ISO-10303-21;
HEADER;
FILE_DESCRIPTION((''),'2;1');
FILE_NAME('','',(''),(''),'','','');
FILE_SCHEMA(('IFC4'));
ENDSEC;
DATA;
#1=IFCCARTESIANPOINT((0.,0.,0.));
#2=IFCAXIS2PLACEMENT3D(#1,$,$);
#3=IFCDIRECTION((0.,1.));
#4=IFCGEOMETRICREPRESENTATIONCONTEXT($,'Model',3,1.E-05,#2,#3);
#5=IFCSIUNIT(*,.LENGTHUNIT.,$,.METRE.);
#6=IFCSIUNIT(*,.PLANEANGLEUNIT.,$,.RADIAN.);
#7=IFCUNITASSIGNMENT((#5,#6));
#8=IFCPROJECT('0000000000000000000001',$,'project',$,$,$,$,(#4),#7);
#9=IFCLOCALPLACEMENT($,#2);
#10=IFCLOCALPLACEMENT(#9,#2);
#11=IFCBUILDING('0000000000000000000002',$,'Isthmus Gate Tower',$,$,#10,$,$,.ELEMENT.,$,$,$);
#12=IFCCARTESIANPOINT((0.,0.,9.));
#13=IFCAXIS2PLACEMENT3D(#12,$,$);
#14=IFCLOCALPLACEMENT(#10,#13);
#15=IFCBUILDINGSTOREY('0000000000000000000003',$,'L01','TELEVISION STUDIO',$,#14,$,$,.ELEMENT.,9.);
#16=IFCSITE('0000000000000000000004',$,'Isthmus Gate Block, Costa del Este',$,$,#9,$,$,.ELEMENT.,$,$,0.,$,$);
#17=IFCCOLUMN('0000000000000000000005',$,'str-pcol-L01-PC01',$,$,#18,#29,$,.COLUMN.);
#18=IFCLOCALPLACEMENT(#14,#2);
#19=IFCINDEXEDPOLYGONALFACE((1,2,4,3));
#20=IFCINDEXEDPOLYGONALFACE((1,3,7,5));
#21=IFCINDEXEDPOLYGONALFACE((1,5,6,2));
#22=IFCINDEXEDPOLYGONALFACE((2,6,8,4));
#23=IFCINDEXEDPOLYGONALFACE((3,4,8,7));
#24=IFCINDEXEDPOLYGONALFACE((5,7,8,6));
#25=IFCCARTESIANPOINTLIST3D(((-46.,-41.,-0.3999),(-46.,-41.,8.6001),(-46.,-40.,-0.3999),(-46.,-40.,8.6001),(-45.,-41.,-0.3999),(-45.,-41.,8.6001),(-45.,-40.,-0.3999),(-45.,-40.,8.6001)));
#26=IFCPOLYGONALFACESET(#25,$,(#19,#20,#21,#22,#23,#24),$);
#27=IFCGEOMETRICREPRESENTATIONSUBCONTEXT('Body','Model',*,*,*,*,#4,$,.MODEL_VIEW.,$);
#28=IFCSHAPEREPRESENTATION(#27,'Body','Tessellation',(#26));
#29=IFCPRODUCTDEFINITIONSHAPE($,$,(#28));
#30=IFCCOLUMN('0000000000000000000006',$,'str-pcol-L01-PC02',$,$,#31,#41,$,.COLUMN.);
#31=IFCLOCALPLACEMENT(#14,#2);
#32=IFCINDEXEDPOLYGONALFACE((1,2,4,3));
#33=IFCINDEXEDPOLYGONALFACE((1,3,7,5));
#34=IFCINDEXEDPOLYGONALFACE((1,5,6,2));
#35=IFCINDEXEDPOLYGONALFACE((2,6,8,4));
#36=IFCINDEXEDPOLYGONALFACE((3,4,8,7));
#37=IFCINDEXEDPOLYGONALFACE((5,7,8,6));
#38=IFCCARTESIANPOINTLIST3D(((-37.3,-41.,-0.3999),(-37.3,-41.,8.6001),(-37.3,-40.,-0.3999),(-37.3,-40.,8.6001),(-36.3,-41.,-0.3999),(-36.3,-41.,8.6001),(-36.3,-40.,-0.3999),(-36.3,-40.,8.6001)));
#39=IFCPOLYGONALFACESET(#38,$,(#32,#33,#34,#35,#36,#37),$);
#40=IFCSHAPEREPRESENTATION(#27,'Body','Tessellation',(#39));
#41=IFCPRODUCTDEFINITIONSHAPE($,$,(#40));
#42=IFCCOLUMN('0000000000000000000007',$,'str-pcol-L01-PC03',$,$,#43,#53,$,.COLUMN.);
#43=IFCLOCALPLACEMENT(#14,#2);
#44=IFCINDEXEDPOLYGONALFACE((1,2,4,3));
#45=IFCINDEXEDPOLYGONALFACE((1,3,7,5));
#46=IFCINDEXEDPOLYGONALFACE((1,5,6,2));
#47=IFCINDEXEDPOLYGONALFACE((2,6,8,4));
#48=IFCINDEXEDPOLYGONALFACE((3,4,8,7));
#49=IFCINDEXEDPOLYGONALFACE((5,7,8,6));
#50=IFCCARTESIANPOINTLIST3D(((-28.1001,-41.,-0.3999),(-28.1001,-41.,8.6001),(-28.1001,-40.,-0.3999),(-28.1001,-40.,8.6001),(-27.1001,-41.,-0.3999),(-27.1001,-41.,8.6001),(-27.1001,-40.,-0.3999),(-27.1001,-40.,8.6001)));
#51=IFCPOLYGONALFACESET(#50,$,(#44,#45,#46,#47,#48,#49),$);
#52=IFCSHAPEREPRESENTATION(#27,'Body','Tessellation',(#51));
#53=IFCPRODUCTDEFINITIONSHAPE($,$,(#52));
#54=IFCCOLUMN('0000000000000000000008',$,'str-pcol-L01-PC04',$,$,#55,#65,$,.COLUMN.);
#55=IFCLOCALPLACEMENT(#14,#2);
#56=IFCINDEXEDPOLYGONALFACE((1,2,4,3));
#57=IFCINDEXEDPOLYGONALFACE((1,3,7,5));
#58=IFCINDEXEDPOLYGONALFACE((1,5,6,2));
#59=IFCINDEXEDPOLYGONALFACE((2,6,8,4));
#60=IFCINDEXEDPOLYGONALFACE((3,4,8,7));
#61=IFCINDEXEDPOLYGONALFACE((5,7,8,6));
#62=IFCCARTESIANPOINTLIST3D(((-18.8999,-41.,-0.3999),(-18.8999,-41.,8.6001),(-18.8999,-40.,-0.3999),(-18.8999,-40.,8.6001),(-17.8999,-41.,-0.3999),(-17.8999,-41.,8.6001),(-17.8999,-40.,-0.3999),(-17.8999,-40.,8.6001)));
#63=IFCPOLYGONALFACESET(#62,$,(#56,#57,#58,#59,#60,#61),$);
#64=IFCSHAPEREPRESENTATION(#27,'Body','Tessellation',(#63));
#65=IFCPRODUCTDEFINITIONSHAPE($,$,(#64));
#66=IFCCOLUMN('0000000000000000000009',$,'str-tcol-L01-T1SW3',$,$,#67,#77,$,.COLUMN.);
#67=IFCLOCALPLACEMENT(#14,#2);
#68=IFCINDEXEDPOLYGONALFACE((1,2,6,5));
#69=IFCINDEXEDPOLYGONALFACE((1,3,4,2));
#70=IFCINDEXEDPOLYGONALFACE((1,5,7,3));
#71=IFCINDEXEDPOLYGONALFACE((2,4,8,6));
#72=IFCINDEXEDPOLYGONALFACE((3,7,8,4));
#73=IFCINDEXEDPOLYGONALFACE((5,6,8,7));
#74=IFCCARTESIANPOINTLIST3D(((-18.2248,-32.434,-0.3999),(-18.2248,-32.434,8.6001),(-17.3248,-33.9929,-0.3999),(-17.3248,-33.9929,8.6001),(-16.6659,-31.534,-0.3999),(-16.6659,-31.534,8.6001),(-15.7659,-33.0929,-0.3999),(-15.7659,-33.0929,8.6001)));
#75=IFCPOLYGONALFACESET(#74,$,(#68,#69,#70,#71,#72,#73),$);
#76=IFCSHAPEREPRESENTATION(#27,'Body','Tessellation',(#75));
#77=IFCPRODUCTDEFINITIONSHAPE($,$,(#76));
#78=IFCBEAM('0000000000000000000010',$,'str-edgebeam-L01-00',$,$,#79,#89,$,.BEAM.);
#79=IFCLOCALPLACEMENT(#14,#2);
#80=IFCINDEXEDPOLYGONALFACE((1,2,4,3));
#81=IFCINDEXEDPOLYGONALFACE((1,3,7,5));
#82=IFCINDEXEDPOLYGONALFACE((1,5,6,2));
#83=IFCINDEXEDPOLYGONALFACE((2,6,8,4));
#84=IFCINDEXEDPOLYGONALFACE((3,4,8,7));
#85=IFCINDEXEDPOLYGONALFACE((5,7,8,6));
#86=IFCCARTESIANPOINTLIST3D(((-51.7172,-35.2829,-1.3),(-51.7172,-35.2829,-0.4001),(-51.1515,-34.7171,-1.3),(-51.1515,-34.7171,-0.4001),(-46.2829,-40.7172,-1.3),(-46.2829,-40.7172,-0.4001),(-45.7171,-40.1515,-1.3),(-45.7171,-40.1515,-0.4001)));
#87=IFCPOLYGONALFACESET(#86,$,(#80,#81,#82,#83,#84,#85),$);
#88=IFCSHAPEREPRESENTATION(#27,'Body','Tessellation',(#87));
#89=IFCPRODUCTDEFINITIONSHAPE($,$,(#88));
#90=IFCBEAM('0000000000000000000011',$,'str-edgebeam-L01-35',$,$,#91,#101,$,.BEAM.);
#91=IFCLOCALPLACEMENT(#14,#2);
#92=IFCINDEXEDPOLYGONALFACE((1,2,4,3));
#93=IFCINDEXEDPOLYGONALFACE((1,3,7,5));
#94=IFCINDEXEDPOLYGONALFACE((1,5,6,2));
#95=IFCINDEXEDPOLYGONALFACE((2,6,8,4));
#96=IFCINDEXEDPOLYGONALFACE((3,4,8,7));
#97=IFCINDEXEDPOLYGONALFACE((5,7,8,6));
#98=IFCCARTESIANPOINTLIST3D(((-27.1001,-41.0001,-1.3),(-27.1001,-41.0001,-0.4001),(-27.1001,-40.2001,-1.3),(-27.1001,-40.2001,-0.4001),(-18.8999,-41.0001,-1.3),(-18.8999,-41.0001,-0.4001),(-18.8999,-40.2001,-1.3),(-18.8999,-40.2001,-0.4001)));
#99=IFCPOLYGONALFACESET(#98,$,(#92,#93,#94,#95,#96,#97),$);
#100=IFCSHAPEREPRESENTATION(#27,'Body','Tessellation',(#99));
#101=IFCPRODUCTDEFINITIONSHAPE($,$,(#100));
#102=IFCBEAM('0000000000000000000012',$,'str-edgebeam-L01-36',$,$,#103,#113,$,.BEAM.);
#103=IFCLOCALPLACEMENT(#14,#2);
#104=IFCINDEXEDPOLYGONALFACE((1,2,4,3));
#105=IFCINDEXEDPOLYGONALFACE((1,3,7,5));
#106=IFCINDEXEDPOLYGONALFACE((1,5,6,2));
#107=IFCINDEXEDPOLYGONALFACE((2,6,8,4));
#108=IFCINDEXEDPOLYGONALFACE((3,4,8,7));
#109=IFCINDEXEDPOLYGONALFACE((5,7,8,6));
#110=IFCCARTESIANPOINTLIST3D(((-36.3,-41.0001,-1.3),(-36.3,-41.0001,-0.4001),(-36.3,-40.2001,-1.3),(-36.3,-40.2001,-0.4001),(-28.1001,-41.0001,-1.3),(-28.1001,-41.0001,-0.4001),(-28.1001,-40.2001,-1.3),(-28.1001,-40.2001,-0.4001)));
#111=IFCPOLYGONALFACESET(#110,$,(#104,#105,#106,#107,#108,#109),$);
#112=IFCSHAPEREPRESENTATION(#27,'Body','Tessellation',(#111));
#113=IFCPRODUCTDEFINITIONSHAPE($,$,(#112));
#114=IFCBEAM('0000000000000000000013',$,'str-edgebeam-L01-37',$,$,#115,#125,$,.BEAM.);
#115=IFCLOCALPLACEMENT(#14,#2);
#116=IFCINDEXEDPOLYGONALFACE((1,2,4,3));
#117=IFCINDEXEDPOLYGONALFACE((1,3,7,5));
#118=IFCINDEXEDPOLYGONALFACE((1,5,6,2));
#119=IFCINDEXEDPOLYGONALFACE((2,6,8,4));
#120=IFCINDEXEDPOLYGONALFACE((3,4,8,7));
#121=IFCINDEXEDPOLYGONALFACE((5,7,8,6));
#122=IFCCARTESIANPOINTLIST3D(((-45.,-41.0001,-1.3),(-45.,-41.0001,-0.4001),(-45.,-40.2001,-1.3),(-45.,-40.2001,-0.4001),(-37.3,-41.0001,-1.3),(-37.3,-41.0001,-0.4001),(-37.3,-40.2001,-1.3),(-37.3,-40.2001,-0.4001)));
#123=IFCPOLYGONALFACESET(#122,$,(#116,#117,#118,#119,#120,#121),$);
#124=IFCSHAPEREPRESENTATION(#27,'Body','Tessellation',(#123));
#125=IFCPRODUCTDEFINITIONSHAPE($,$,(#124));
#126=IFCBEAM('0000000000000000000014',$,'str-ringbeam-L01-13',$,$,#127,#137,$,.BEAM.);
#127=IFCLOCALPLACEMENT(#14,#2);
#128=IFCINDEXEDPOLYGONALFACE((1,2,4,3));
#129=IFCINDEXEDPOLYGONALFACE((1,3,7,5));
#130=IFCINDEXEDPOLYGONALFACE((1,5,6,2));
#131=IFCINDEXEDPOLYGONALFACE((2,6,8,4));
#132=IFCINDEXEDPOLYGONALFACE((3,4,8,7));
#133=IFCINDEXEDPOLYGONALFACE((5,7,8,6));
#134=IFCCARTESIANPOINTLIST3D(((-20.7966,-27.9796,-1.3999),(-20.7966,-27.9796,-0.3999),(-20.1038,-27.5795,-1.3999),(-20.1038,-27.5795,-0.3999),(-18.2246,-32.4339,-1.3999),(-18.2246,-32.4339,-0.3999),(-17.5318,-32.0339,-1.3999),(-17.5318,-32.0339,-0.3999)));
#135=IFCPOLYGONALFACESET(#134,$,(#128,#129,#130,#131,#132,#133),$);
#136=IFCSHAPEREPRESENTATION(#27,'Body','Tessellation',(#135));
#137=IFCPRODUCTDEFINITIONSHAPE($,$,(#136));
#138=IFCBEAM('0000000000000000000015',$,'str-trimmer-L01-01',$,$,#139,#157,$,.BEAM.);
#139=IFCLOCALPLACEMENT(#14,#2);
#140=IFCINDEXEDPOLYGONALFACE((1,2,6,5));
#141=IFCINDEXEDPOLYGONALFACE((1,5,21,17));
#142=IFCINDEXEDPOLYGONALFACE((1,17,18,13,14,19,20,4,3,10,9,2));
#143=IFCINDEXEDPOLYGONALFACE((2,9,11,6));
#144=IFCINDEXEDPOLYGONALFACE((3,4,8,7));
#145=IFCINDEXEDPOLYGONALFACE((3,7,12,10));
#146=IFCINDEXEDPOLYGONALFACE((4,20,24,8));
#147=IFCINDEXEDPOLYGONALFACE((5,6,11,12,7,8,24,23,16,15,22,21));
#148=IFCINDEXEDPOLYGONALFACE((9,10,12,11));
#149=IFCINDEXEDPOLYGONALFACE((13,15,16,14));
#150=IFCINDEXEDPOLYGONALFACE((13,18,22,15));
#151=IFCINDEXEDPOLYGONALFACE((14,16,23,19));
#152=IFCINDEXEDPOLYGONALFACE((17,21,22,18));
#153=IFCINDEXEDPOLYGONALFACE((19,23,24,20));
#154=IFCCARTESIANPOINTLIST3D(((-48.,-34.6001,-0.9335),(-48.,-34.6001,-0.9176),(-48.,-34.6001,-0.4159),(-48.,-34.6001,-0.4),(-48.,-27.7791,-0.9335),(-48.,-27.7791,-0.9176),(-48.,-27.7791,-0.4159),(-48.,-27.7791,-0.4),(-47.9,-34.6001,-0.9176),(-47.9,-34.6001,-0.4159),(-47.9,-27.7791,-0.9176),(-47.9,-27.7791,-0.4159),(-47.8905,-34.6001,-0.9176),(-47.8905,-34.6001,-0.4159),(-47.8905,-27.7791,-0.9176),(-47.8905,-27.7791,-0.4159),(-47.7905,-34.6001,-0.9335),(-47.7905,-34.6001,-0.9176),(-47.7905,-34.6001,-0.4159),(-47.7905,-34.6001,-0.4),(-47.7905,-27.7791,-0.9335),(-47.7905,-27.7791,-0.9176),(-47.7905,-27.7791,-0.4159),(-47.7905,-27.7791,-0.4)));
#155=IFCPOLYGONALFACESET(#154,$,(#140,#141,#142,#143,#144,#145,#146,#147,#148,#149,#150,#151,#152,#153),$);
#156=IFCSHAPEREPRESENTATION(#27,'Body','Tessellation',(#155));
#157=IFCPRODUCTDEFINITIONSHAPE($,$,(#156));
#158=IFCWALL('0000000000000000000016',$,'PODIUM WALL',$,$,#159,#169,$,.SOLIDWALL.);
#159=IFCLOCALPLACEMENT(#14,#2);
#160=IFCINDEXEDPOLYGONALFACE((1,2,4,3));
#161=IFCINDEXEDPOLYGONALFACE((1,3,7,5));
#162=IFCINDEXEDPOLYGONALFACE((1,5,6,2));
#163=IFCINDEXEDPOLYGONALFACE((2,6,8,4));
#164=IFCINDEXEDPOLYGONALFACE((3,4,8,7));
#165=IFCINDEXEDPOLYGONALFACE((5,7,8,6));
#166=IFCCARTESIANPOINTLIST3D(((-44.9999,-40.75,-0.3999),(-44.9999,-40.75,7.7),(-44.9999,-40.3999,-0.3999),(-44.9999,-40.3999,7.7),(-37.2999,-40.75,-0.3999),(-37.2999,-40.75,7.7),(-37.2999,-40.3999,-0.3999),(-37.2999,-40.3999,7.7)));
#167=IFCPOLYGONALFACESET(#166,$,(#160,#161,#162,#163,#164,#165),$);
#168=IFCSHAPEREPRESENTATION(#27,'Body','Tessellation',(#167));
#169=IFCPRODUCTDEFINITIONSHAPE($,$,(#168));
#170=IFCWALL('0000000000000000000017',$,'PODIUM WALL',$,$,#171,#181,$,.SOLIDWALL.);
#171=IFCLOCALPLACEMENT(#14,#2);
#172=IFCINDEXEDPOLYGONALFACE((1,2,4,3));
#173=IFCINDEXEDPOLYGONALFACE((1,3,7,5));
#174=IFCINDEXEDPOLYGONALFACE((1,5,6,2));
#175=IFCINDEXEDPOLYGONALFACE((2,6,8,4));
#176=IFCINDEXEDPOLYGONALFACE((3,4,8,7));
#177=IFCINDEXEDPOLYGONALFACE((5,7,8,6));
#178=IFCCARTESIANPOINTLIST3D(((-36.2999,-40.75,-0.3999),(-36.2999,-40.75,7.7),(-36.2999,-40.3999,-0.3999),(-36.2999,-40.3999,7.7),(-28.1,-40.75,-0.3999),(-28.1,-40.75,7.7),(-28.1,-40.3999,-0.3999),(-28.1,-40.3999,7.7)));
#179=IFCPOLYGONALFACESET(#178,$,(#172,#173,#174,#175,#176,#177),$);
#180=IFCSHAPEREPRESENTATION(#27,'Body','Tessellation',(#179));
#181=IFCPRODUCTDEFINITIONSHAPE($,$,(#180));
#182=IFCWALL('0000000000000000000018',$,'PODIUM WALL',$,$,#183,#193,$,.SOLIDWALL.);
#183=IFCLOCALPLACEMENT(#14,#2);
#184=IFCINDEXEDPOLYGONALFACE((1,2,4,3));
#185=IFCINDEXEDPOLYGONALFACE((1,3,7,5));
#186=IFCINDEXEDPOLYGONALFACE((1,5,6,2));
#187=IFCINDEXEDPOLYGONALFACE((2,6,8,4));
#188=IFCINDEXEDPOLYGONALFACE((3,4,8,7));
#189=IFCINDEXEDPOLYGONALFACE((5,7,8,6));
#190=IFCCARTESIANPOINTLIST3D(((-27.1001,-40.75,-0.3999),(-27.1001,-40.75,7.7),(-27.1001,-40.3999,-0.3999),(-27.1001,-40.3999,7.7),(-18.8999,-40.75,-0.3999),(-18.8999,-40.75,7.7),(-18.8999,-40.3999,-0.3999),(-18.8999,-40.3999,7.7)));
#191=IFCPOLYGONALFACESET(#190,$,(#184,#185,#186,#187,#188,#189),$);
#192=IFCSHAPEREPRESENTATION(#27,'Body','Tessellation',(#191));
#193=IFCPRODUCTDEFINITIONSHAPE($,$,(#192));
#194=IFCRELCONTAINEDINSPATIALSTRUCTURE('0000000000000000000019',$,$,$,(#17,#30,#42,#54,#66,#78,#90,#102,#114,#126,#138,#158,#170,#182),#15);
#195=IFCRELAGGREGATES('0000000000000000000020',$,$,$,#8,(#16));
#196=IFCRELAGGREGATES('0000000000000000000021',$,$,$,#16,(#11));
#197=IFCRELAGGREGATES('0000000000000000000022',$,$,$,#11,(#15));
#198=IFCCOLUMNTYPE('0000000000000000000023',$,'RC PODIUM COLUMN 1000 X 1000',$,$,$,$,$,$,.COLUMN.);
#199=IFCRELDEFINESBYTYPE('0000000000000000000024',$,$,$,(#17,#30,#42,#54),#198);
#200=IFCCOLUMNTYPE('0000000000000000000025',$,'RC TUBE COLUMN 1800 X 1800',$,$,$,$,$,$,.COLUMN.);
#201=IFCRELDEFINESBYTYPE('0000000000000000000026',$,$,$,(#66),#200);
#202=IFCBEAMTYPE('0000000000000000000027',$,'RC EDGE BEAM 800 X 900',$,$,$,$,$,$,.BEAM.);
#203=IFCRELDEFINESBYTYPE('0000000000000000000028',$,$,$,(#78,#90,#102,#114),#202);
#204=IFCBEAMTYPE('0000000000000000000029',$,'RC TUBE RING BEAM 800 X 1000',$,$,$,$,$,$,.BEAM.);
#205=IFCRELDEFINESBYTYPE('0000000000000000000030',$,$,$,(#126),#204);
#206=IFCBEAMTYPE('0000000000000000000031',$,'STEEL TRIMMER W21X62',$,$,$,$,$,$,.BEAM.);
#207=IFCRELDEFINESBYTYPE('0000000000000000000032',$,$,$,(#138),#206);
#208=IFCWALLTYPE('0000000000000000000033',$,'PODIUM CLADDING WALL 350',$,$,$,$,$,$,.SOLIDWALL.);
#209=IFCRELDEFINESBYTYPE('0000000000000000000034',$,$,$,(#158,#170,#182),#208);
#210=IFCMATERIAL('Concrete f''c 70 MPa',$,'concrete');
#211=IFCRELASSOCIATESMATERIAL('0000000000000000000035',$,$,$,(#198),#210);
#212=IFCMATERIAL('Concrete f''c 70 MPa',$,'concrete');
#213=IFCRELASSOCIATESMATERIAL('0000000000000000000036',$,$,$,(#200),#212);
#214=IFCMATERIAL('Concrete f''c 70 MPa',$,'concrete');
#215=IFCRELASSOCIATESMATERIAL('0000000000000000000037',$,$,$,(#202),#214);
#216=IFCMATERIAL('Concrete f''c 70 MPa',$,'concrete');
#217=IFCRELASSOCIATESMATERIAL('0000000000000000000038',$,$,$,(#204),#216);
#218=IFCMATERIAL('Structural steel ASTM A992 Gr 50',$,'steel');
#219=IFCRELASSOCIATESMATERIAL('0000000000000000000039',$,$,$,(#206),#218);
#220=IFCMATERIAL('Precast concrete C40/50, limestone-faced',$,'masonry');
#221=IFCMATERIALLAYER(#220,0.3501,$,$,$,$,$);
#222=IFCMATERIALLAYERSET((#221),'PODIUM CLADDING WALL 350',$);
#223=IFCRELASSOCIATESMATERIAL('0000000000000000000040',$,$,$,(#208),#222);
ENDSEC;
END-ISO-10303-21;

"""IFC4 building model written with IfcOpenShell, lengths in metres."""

from ifc_helpers import new_model, si_unit, direction, frame, frame_2d, origin, origin_2d, place, context, subcontext, project, spatial, rectangle, i_section, extrude, material, layer, layer_set, material_profile, profile_set, type_object, element, save


model = new_model("IFC4")

# Units and contexts
model_context = context("Model", 3, precision=1e-05, world=origin(), true_north=direction((0.0, 1.0)))
body_context = subcontext(model_context, "Body", "Model", "MODEL_VIEW")
ifc_project = project(units=[si_unit("LENGTHUNIT", "METRE"), si_unit("PLANEANGLEUNIT", "RADIAN")], contexts=[model_context])

# Site, building, storey
site_placement = place(None, origin())
site = spatial("IfcSite", under=ifc_project, at=site_placement, Name="Isthmus Gate Block, Costa del Este", CompositionType="ELEMENT", RefElevation=0.0)
building_placement = place(site_placement, origin())
building = spatial("IfcBuilding", under=site, at=building_placement, Name="Isthmus Gate Tower", CompositionType="ELEMENT")
storey_placement = place(building_placement, frame((0.0, 0.0, 9.0)))
storey = spatial("IfcBuildingStorey", under=building, at=storey_placement, Name="L01", Description="TELEVISION STUDIO", CompositionType="ELEMENT", Elevation=9.0)

# Columns
ifc_material_1 = material(Name="Concrete f'c 70 MPa", Category="concrete")
ifc_material_profile_1 = material_profile(ifc_material_1, rectangle(XDim=1.0, YDim=1.0, at=origin_2d()), Name="RC 1000X1000")
ifc_profile_set_1 = profile_set([ifc_material_profile_1], Name="Concrete f'c 70 MPa")
column_type_1 = type_object("IfcColumnType", Name="RC PODIUM COLUMN 1000 X 1000", PredefinedType="COLUMN", material=ifc_profile_set_1)
for number, where, z_axis, x_axis, name in (
    (1, (-45.5, -40.5, -0.3999), (0.0, 0.0, 1.0), (1.0, 0.0, 0.0), "str-pcol-L01-PC01"),
    (2, (-36.8, -40.5, -0.3999), (0.0, 0.0, 1.0), (1.0, 0.0, 0.0), "str-pcol-L01-PC02"),
    (3, (-27.6001, -40.5, -0.3999), (0.0, 0.0, 1.0), (1.0, 0.0, 0.0), "str-pcol-L01-PC03"),
    (4, (-18.3999, -40.5, -0.3999), (0.0, 0.0, 1.0), (1.0, 0.0, 0.0), "str-pcol-L01-PC04"),
):
    element("IfcColumn", number, at=place(storey_placement, frame(where, z_axis=z_axis, x_axis=x_axis)), inside=storey, type_object=column_type_1, Name=name, PredefinedType="COLUMN", context=body_context, shape_type="SweptSolid", body=[
        extrude(rectangle(XDim=1.0, YDim=1.0, at=origin_2d()), origin(), (0.0, 0.0, 1.0), 9.0),
    ])
ifc_material_2 = material(Name="Concrete f'c 70 MPa", Category="concrete")
ifc_material_profile_2 = material_profile(ifc_material_2, rectangle(XDim=1.8, YDim=1.8, at=origin_2d()), Name="RC 1800X1800")
ifc_profile_set_2 = profile_set([ifc_material_profile_2], Name="Concrete f'c 70 MPa")
column_type_2 = type_object("IfcColumnType", Name="RC TUBE COLUMN 1800 X 1800", PredefinedType="COLUMN", material=ifc_profile_set_2)
column_placement = place(storey_placement, frame((-16.9954, -32.7634, -0.3999), z_axis=(0.0, 0.0, 1.0), x_axis=(0.5, -0.866025, 0.0)))
element("IfcColumn", 5, at=column_placement, inside=storey, type_object=column_type_2, Name="str-tcol-L01-T1SW3", PredefinedType="COLUMN", context=body_context, shape_type="SweptSolid", body=[
    extrude(rectangle(XDim=1.8, YDim=1.8, at=origin_2d()), origin(), (0.0, 0.0, 1.0), 9.0),
])

# Beams
ifc_material_3 = material(Name="Concrete f'c 70 MPa", Category="concrete")
ifc_material_profile_3 = material_profile(ifc_material_3, rectangle(XDim=0.8, YDim=0.8999, at=origin_2d()), Name="RC 800X900")
ifc_profile_set_3 = profile_set([ifc_material_profile_3], Name="Concrete f'c 70 MPa")
beam_type_1 = type_object("IfcBeamType", Name="RC EDGE BEAM 800 X 900", PredefinedType="BEAM", material=ifc_profile_set_3)
beam_1_placement = place(storey_placement, frame((-46.0, -40.4343, -0.8501), z_axis=(-0.707107, 0.707107, 0.0), x_axis=(-0.707107, -0.707107, 0.0)))
element("IfcBeam", 6, at=beam_1_placement, inside=storey, type_object=beam_type_1, Name="str-edgebeam-L01-00", PredefinedType="BEAM", context=body_context, shape_type="SweptSolid", body=[
    extrude(rectangle(XDim=0.8, YDim=0.8999, at=origin_2d()), origin(), (0.0, 0.0, 1.0), 7.6853),
])
beam_2_placement = place(storey_placement, frame((-18.8999, -40.6001, -0.8501), z_axis=(-1.0, 0.0, 0.0), x_axis=(0.0, -1.0, 0.0)))
element("IfcBeam", 7, at=beam_2_placement, inside=storey, type_object=beam_type_1, Name="str-edgebeam-L01-35", PredefinedType="BEAM", context=body_context, shape_type="SweptSolid", body=[
    extrude(rectangle(XDim=0.8, YDim=0.8999, at=origin_2d()), origin(), (0.0, 0.0, 1.0), 8.2002),
])
beam_3_placement = place(storey_placement, frame((-28.1001, -40.6001, -0.8501), z_axis=(-1.0, 0.0, 0.0), x_axis=(0.0, -1.0, 0.0)))
element("IfcBeam", 8, at=beam_3_placement, inside=storey, type_object=beam_type_1, Name="str-edgebeam-L01-36", PredefinedType="BEAM", context=body_context, shape_type="SweptSolid", body=[
    extrude(rectangle(XDim=0.8, YDim=0.8999, at=origin_2d()), origin(), (0.0, 0.0, 1.0), 8.2),
])
beam_4_placement = place(storey_placement, frame((-37.3, -40.6001, -0.8501), z_axis=(-1.0, 0.0, 0.0), x_axis=(0.0, -1.0, 0.0)))
element("IfcBeam", 9, at=beam_4_placement, inside=storey, type_object=beam_type_1, Name="str-edgebeam-L01-37", PredefinedType="BEAM", context=body_context, shape_type="SweptSolid", body=[
    extrude(rectangle(XDim=0.8, YDim=0.8999, at=origin_2d()), origin(), (0.0, 0.0, 1.0), 7.7),
])
ifc_material_4 = material(Name="Concrete f'c 70 MPa", Category="concrete")
ifc_material_profile_4 = material_profile(ifc_material_4, rectangle(XDim=0.8, YDim=1.0, at=origin_2d()), Name="RC 800X1000")
ifc_profile_set_4 = profile_set([ifc_material_profile_4], Name="Concrete f'c 70 MPa")
beam_type_2 = type_object("IfcBeamType", Name="RC TUBE RING BEAM 800 X 1000", PredefinedType="BEAM", material=ifc_profile_set_4)
beam_5_placement = place(storey_placement, frame((-17.8782, -32.2339, -0.8999), z_axis=(-0.500044, 0.866, 0.0), x_axis=(-0.866, -0.500044, 0.0)))
element("IfcBeam", 10, at=beam_5_placement, inside=storey, type_object=beam_type_2, Name="str-ringbeam-L01-13", PredefinedType="BEAM", context=body_context, shape_type="SweptSolid", body=[
    extrude(rectangle(XDim=0.8, YDim=1.0, at=origin_2d()), origin(), (0.0, 0.0, 1.0), 5.1436),
])
ifc_material_5 = material(Name="Structural steel ASTM A992 Gr 50", Category="steel")
ifc_material_profile_5 = material_profile(ifc_material_5, i_section(OverallWidth=0.2095, OverallDepth=0.5334, WebThickness=0.0095, FlangeThickness=0.0159, at=origin_2d()), Name="W21X62")
ifc_profile_set_5 = profile_set([ifc_material_profile_5], Name="Structural steel ASTM A992 Gr 50")
beam_type_3 = type_object("IfcBeamType", Name="STEEL TRIMMER W21X62", PredefinedType="BEAM", material=ifc_profile_set_5)
beam_6_placement = place(storey_placement, frame((-47.8953, -34.6001, -0.6667), z_axis=(0.0, 1.0, 0.0), x_axis=(-1.0, 0.0, 0.0)))
element("IfcBeam", 11, at=beam_6_placement, inside=storey, type_object=beam_type_3, Name="str-trimmer-L01-01", PredefinedType="BEAM", context=body_context, shape_type="SweptSolid", body=[
    extrude(i_section(OverallWidth=0.2095, OverallDepth=0.5334, WebThickness=0.0095, FlangeThickness=0.0159, at=origin_2d()), origin(), (0.0, 0.0, 1.0), 6.821),
])

# Walls
ifc_material_6 = material(Name="Precast concrete C40/50, limestone-faced", Category="masonry")
ifc_layer_1 = layer(ifc_material_6, 0.3501)
ifc_layer_set_1 = layer_set([ifc_layer_1], Name="PODIUM CLADDING WALL 350")
wall_type_1 = type_object("IfcWallType", Name="PODIUM CLADDING WALL 350", PredefinedType="SOLIDWALL", material=ifc_layer_set_1)
wall_1_placement = place(storey_placement, frame((-45.0, -40.575, -0.3999), z_axis=(0.0, 0.0, 1.0), x_axis=(1.0, 0.0, 0.0)))
element("IfcWall", 12, at=wall_1_placement, inside=storey, type_object=wall_type_1, Name="PODIUM WALL", PredefinedType="SOLIDWALL", context=body_context, shape_type="SweptSolid", body=[
    extrude(rectangle(XDim=7.7, YDim=0.3501, at=frame_2d((3.8501, 0.0))), origin(), (0.0, 0.0, 1.0), 8.0999),
])
wall_2_placement = place(storey_placement, frame((-36.3, -40.575, -0.3999), z_axis=(0.0, 0.0, 1.0), x_axis=(1.0, 0.0, 0.0)))
element("IfcWall", 13, at=wall_2_placement, inside=storey, type_object=wall_type_1, Name="PODIUM WALL", PredefinedType="SOLIDWALL", context=body_context, shape_type="SweptSolid", body=[
    extrude(rectangle(XDim=8.2, YDim=0.3501, at=frame_2d((4.1001, 0.0))), origin(), (0.0, 0.0, 1.0), 8.0999),
])
wall_3_placement = place(storey_placement, frame((-27.1001, -40.575, -0.3999), z_axis=(0.0, 0.0, 1.0), x_axis=(1.0, 0.0, 0.0)))
element("IfcWall", 14, at=wall_3_placement, inside=storey, type_object=wall_type_1, Name="PODIUM WALL", PredefinedType="SOLIDWALL", context=body_context, shape_type="SweptSolid", body=[
    extrude(rectangle(XDim=8.2002, YDim=0.3501, at=frame_2d((4.1001, 0.0))), origin(), (0.0, 0.0, 1.0), 8.0999),
])

save(model, "model.ifc")
